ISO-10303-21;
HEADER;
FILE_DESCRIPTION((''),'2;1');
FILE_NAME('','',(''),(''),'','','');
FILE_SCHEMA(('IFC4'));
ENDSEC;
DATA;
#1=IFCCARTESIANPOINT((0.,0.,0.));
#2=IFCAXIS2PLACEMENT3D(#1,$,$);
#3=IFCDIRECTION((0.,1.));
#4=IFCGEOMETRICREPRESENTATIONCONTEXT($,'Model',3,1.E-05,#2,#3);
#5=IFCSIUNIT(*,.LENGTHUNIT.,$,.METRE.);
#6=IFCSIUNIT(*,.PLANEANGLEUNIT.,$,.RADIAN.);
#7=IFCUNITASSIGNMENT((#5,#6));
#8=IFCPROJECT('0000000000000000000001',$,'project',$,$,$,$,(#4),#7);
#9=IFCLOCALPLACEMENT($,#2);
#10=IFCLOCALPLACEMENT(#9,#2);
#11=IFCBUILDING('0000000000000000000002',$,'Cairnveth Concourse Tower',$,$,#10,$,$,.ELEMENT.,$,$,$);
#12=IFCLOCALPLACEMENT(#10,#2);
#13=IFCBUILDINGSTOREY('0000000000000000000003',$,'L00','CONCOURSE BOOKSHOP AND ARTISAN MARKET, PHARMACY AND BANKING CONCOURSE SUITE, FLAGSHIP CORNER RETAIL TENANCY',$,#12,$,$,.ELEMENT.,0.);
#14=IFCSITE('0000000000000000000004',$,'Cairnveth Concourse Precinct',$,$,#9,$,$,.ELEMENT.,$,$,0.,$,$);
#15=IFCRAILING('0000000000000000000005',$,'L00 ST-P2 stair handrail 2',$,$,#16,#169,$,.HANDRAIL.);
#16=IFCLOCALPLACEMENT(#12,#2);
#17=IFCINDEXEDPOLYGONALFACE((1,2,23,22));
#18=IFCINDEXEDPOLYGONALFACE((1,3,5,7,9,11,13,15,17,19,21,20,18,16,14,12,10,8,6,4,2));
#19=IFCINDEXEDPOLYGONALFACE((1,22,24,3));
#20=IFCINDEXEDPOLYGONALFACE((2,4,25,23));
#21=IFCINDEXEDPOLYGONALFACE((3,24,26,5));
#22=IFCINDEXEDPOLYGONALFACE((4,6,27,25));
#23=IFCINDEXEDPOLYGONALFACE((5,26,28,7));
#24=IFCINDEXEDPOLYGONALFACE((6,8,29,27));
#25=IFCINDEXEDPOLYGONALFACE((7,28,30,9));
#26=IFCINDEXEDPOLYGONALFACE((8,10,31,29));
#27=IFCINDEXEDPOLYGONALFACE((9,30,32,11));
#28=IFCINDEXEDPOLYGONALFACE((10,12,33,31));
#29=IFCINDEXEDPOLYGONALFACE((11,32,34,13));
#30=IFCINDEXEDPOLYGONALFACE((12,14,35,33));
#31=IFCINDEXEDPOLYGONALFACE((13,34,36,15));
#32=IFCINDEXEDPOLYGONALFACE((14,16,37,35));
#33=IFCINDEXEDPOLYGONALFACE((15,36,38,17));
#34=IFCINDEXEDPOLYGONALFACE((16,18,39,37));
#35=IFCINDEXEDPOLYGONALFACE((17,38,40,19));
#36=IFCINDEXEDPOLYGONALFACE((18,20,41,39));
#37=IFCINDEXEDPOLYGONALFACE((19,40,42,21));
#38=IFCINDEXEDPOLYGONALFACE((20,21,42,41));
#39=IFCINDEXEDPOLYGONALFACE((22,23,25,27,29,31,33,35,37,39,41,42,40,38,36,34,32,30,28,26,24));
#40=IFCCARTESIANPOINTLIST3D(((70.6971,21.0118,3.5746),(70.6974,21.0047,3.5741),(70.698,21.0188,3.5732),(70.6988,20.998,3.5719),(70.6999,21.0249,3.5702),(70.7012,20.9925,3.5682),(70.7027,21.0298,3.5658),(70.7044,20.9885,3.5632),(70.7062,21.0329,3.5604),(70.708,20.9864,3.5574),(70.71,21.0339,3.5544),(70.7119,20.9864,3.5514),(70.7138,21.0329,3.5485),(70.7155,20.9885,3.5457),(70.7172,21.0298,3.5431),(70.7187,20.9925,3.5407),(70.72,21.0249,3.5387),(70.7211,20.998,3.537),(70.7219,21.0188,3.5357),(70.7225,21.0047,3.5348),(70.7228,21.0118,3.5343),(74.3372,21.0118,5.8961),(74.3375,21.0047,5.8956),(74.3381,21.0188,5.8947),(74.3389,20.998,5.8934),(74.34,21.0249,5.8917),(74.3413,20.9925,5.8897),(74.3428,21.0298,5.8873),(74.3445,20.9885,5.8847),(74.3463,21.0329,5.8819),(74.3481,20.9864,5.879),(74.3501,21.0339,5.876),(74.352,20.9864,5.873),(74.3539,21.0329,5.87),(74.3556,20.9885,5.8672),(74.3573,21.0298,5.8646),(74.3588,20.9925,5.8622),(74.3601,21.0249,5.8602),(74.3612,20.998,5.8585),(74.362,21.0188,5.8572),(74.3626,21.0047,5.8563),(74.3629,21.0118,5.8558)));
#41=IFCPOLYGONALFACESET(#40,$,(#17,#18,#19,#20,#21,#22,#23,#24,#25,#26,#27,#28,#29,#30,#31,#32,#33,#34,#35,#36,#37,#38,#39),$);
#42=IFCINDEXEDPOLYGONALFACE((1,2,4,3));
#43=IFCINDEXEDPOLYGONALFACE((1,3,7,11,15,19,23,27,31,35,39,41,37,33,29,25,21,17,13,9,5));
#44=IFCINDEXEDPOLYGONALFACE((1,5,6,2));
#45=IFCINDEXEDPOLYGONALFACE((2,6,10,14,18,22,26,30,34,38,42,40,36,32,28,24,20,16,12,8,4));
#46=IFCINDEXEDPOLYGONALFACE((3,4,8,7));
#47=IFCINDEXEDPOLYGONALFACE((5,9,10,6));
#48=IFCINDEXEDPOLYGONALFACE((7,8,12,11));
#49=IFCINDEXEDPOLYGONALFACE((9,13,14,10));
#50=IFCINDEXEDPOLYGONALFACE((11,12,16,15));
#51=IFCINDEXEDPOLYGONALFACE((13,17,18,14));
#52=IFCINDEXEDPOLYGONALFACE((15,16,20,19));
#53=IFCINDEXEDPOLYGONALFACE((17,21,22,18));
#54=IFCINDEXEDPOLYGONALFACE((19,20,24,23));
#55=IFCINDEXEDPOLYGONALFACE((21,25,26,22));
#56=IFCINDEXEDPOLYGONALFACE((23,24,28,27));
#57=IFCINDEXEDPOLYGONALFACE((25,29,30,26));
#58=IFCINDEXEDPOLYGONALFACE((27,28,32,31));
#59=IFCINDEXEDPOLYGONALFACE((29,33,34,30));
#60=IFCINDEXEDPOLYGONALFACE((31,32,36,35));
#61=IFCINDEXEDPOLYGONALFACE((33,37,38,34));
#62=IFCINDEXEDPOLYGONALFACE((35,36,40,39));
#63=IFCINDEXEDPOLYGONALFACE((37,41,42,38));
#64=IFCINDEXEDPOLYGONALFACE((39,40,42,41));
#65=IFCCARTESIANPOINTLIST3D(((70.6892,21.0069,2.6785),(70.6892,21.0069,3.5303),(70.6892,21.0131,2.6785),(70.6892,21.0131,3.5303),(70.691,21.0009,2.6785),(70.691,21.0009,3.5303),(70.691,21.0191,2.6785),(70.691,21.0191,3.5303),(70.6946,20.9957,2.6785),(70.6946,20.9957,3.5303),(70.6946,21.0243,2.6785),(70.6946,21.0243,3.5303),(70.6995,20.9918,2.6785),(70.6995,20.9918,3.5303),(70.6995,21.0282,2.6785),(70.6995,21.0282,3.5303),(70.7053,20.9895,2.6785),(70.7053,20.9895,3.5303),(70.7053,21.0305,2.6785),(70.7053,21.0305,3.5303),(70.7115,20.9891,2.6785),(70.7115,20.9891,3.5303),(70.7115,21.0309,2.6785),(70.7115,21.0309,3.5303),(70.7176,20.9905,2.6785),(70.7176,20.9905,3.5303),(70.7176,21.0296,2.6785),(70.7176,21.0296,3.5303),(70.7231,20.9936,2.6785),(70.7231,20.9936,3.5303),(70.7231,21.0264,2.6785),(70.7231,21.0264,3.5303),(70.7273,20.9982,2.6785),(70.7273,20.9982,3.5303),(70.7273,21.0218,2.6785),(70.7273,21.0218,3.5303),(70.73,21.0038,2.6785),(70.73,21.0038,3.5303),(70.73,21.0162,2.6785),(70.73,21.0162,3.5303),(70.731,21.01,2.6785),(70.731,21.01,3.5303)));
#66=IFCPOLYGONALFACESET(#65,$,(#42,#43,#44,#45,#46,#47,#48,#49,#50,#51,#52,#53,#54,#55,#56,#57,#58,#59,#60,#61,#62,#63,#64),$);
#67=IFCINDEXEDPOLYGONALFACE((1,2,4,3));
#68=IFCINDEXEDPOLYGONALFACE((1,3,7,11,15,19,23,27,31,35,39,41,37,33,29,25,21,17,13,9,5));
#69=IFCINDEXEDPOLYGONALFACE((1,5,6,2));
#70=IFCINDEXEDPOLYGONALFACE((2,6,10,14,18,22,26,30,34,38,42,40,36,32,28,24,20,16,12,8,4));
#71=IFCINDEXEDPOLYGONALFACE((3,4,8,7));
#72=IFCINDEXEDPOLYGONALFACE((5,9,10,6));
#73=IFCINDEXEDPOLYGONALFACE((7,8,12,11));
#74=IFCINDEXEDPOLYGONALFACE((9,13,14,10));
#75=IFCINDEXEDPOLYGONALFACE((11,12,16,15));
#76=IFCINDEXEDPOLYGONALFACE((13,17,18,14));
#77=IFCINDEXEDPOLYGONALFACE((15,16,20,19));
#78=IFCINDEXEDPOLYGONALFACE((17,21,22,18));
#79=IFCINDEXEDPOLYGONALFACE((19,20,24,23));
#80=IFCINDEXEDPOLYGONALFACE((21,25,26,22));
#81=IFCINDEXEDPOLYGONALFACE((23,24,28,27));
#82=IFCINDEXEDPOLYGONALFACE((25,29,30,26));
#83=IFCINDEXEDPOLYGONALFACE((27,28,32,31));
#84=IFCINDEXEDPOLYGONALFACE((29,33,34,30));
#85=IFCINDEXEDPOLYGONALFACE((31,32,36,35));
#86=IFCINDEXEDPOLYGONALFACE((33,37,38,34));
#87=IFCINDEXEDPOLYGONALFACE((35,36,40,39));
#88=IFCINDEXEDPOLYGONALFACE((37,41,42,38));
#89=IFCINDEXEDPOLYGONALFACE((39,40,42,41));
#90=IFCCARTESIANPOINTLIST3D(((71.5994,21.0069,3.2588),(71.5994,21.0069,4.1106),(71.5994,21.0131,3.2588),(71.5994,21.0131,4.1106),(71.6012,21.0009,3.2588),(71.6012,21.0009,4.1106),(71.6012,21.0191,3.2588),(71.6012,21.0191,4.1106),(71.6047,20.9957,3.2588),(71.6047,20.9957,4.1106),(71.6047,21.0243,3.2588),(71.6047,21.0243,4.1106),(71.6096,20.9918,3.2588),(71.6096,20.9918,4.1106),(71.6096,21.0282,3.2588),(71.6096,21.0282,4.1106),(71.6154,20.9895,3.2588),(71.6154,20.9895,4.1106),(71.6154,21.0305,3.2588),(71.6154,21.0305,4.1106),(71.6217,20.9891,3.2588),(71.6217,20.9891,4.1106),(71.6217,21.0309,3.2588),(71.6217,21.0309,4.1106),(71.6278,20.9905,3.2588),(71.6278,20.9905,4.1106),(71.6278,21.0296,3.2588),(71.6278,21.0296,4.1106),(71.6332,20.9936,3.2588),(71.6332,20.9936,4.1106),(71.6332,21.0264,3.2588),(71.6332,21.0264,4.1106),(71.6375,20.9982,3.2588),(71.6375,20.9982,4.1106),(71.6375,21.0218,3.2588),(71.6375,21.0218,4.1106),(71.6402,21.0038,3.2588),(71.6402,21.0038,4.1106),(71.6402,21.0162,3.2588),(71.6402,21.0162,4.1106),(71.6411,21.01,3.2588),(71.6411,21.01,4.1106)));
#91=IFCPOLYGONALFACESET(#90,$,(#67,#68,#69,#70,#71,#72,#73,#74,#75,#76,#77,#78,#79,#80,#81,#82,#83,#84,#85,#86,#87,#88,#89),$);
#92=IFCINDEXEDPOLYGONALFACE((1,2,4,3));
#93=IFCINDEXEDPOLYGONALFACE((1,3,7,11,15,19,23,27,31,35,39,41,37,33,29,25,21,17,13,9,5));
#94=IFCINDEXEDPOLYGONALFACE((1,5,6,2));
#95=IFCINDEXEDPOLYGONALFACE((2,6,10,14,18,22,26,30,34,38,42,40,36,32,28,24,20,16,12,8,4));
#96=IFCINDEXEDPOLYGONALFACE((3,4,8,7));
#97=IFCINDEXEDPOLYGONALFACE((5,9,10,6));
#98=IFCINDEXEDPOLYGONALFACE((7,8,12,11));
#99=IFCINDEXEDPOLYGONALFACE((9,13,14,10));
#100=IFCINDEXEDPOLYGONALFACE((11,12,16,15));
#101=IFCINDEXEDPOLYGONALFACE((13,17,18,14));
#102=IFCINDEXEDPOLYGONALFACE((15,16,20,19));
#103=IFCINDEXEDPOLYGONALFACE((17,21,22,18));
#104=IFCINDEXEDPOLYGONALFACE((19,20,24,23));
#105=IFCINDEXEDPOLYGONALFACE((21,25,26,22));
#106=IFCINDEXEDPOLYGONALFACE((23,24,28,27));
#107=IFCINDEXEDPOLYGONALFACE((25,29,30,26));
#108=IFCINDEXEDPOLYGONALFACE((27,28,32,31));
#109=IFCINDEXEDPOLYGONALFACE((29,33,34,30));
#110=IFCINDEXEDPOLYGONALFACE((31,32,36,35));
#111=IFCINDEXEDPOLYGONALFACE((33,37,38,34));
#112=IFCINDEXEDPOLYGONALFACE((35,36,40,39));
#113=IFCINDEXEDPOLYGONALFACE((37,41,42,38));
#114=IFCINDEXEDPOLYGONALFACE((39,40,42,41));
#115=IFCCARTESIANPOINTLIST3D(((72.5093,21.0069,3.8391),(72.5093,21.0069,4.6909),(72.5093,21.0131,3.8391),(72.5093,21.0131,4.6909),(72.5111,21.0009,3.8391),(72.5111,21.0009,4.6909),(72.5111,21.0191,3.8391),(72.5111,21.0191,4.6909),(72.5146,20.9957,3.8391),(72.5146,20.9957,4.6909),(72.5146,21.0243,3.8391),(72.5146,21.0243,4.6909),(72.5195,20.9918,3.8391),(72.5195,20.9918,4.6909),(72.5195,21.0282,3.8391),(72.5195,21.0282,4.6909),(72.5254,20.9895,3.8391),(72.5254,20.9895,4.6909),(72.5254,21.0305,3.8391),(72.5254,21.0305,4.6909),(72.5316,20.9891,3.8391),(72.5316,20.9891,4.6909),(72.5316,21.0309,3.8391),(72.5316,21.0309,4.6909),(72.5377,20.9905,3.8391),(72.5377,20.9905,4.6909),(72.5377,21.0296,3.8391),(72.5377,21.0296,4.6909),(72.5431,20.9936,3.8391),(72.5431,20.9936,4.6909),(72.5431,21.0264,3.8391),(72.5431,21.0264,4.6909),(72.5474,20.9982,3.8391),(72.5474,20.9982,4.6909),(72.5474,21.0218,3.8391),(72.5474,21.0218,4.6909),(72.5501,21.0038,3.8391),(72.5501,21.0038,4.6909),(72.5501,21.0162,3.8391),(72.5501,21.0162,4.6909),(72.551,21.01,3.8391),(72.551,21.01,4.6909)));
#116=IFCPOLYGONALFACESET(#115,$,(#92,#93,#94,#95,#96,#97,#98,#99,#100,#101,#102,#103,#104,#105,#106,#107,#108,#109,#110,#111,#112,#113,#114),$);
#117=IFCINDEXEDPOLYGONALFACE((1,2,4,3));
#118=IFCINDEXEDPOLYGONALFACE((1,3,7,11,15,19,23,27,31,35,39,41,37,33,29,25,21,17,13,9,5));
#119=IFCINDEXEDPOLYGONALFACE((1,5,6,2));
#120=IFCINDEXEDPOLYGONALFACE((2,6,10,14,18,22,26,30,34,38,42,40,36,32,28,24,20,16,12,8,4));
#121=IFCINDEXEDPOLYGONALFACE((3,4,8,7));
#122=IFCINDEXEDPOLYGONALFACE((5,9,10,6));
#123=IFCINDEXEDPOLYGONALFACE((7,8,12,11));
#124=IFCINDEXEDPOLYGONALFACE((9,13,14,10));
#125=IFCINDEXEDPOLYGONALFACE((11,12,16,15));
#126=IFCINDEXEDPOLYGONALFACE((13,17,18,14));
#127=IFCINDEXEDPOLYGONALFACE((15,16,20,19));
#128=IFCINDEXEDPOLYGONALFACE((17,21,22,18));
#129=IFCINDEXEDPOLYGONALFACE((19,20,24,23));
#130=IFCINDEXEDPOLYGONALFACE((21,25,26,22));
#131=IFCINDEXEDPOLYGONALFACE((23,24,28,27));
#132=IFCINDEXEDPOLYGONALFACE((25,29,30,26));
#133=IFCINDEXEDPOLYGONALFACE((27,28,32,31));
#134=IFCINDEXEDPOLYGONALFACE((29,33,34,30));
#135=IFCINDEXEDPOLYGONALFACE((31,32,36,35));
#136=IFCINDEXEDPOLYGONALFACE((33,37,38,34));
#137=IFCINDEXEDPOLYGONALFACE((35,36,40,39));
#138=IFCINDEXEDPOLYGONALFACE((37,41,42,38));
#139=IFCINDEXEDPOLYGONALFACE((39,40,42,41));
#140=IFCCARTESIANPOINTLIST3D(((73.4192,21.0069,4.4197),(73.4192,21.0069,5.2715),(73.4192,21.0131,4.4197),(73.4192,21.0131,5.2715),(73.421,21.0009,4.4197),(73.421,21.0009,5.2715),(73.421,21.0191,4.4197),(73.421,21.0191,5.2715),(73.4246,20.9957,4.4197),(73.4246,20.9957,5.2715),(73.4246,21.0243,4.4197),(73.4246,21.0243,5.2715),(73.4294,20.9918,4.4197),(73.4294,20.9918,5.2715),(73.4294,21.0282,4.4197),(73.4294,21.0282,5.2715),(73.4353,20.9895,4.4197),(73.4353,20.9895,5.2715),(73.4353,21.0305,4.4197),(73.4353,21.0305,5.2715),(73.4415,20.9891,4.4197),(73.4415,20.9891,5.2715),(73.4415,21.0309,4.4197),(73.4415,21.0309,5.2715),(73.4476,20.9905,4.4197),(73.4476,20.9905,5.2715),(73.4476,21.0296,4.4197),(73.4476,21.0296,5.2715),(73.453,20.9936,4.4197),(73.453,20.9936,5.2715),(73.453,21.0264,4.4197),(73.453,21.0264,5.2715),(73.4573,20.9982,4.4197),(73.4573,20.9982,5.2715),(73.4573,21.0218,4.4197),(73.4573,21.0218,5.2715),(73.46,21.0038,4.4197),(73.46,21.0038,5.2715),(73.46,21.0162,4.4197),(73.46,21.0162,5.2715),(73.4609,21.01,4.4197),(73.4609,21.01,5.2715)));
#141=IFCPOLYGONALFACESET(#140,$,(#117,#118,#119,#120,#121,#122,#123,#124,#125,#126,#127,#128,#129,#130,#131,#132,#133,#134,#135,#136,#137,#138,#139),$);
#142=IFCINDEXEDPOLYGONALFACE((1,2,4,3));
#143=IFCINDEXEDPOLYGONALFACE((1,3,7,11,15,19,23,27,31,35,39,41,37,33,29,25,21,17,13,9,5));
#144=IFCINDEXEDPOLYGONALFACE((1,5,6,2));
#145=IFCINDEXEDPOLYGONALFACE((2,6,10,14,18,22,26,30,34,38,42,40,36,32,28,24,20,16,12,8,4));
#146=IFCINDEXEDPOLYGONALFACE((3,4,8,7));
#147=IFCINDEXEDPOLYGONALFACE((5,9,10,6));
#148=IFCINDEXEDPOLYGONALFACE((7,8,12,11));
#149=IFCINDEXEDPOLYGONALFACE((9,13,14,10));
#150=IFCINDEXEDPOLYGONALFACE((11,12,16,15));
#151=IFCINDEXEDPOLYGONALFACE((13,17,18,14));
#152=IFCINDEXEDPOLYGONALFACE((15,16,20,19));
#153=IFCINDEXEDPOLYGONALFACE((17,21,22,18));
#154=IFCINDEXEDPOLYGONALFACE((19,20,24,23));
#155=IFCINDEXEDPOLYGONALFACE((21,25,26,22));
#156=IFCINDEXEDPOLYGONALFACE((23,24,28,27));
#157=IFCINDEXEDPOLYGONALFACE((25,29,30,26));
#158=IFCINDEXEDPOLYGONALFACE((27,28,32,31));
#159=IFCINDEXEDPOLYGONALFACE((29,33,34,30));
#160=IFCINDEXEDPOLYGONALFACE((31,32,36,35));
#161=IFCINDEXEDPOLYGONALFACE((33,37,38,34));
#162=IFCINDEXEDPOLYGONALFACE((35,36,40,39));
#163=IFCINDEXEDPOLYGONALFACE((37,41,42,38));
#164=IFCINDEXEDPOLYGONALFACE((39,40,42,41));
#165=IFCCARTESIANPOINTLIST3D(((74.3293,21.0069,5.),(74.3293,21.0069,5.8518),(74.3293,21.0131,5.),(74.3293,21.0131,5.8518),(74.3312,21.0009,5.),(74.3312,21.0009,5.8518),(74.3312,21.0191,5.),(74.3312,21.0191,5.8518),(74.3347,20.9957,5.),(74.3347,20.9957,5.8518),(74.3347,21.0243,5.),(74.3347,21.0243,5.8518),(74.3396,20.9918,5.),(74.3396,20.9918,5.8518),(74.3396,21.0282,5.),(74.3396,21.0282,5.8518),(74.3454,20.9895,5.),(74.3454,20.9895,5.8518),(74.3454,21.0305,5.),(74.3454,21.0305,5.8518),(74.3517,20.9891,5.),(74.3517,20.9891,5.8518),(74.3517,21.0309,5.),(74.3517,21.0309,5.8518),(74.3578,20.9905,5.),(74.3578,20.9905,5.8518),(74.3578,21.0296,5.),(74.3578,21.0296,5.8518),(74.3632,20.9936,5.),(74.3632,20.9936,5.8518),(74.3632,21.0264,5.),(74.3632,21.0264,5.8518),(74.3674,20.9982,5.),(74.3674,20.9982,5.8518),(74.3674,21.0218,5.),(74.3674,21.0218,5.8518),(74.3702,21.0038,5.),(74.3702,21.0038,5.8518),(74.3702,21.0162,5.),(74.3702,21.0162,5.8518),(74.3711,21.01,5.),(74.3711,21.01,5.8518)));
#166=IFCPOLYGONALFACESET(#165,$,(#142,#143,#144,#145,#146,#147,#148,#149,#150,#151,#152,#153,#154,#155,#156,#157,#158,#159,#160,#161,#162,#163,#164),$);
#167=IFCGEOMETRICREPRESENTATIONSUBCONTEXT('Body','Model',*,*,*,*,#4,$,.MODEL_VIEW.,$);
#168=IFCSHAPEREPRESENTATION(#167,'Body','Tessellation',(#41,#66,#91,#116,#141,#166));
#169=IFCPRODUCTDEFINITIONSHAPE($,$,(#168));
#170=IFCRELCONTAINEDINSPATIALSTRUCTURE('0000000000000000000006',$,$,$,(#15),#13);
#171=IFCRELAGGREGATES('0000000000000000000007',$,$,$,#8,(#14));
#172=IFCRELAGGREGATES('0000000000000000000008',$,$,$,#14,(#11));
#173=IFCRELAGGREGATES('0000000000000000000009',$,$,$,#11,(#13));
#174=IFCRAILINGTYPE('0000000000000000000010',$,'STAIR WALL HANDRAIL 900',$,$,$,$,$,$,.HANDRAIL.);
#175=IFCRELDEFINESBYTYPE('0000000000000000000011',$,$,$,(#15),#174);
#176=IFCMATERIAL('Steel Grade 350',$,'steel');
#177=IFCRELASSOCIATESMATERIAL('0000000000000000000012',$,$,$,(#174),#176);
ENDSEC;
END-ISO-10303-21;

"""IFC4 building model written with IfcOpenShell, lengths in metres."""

from ifc_helpers import new_model, si_unit, direction, frame, origin, origin_2d, place, context, subcontext, project, spatial, circle, extrude, material, type_object, element, save


model = new_model("IFC4")

# Units and contexts
model_context = context("Model", 3, precision=1e-05, world=origin(), true_north=direction((0.0, 1.0)))
body_context = subcontext(model_context, "Body", "Model", "MODEL_VIEW")
ifc_project = project(units=[si_unit("LENGTHUNIT", "METRE"), si_unit("PLANEANGLEUNIT", "RADIAN")], contexts=[model_context])

# Site, building, storey
site_placement = place(None, origin())
site = spatial("IfcSite", under=ifc_project, at=site_placement, Name="Cairnveth Concourse Precinct", CompositionType="ELEMENT", RefElevation=0.0)
building_placement = place(site_placement, origin())
building = spatial("IfcBuilding", under=site, at=building_placement, Name="Cairnveth Concourse Tower", CompositionType="ELEMENT")
storey_placement = place(building_placement, origin())
storey = spatial("IfcBuildingStorey", under=building, at=storey_placement, Name="L00", Description="CONCOURSE BOOKSHOP AND ARTISAN MARKET, PHARMACY AND BANKING CONCOURSE SUITE, FLAGSHIP CORNER RETAIL TENANCY", CompositionType="ELEMENT", Elevation=0.0)

# Shared definitions
ifc_material_1 = material(Name="Steel Grade 350", Category="steel")

# Railing
railing_type_1 = type_object("IfcRailingType", Name="STAIR WALL HANDRAIL 900", PredefinedType="HANDRAIL", material=ifc_material_1)
railing_1_placement = place(storey_placement, frame((70.71, 21.01, 2.6785)))
element("IfcRailing", 1, at=railing_1_placement, inside=storey, type_object=railing_type_1, Name="L00 ST-P2 stair handrail 2", PredefinedType="HANDRAIL", context=body_context, shape_type="SweptSolid", body=[
    extrude(circle(Radius=0.0239, at=origin_2d()), frame((0.0, 0.0, 0.876), z_axis=(0.843128, 0.0, 0.537713), x_axis=(0.0, 1.0, 0.0)), (0.0, 0.0, 1.0), 4.3174),
    extrude(circle(Radius=0.021, at=origin_2d()), origin(), (0.0, 0.0, 1.0), 0.8518),
    extrude(circle(Radius=0.021, at=origin_2d()), frame((0.9102, 0.0, 0.5803)), (0.0, 0.0, 1.0), 0.8518),
    extrude(circle(Radius=0.021, at=origin_2d()), frame((1.8201, 0.0, 1.1606)), (0.0, 0.0, 1.0), 0.8518),
    extrude(circle(Radius=0.021, at=origin_2d()), frame((2.73, 0.0, 1.7412)), (0.0, 0.0, 1.0), 0.8518),
    extrude(circle(Radius=0.021, at=origin_2d()), frame((3.6401, 0.0, 2.3215)), (0.0, 0.0, 1.0), 0.8518),
])

save(model, "model.ifc")
